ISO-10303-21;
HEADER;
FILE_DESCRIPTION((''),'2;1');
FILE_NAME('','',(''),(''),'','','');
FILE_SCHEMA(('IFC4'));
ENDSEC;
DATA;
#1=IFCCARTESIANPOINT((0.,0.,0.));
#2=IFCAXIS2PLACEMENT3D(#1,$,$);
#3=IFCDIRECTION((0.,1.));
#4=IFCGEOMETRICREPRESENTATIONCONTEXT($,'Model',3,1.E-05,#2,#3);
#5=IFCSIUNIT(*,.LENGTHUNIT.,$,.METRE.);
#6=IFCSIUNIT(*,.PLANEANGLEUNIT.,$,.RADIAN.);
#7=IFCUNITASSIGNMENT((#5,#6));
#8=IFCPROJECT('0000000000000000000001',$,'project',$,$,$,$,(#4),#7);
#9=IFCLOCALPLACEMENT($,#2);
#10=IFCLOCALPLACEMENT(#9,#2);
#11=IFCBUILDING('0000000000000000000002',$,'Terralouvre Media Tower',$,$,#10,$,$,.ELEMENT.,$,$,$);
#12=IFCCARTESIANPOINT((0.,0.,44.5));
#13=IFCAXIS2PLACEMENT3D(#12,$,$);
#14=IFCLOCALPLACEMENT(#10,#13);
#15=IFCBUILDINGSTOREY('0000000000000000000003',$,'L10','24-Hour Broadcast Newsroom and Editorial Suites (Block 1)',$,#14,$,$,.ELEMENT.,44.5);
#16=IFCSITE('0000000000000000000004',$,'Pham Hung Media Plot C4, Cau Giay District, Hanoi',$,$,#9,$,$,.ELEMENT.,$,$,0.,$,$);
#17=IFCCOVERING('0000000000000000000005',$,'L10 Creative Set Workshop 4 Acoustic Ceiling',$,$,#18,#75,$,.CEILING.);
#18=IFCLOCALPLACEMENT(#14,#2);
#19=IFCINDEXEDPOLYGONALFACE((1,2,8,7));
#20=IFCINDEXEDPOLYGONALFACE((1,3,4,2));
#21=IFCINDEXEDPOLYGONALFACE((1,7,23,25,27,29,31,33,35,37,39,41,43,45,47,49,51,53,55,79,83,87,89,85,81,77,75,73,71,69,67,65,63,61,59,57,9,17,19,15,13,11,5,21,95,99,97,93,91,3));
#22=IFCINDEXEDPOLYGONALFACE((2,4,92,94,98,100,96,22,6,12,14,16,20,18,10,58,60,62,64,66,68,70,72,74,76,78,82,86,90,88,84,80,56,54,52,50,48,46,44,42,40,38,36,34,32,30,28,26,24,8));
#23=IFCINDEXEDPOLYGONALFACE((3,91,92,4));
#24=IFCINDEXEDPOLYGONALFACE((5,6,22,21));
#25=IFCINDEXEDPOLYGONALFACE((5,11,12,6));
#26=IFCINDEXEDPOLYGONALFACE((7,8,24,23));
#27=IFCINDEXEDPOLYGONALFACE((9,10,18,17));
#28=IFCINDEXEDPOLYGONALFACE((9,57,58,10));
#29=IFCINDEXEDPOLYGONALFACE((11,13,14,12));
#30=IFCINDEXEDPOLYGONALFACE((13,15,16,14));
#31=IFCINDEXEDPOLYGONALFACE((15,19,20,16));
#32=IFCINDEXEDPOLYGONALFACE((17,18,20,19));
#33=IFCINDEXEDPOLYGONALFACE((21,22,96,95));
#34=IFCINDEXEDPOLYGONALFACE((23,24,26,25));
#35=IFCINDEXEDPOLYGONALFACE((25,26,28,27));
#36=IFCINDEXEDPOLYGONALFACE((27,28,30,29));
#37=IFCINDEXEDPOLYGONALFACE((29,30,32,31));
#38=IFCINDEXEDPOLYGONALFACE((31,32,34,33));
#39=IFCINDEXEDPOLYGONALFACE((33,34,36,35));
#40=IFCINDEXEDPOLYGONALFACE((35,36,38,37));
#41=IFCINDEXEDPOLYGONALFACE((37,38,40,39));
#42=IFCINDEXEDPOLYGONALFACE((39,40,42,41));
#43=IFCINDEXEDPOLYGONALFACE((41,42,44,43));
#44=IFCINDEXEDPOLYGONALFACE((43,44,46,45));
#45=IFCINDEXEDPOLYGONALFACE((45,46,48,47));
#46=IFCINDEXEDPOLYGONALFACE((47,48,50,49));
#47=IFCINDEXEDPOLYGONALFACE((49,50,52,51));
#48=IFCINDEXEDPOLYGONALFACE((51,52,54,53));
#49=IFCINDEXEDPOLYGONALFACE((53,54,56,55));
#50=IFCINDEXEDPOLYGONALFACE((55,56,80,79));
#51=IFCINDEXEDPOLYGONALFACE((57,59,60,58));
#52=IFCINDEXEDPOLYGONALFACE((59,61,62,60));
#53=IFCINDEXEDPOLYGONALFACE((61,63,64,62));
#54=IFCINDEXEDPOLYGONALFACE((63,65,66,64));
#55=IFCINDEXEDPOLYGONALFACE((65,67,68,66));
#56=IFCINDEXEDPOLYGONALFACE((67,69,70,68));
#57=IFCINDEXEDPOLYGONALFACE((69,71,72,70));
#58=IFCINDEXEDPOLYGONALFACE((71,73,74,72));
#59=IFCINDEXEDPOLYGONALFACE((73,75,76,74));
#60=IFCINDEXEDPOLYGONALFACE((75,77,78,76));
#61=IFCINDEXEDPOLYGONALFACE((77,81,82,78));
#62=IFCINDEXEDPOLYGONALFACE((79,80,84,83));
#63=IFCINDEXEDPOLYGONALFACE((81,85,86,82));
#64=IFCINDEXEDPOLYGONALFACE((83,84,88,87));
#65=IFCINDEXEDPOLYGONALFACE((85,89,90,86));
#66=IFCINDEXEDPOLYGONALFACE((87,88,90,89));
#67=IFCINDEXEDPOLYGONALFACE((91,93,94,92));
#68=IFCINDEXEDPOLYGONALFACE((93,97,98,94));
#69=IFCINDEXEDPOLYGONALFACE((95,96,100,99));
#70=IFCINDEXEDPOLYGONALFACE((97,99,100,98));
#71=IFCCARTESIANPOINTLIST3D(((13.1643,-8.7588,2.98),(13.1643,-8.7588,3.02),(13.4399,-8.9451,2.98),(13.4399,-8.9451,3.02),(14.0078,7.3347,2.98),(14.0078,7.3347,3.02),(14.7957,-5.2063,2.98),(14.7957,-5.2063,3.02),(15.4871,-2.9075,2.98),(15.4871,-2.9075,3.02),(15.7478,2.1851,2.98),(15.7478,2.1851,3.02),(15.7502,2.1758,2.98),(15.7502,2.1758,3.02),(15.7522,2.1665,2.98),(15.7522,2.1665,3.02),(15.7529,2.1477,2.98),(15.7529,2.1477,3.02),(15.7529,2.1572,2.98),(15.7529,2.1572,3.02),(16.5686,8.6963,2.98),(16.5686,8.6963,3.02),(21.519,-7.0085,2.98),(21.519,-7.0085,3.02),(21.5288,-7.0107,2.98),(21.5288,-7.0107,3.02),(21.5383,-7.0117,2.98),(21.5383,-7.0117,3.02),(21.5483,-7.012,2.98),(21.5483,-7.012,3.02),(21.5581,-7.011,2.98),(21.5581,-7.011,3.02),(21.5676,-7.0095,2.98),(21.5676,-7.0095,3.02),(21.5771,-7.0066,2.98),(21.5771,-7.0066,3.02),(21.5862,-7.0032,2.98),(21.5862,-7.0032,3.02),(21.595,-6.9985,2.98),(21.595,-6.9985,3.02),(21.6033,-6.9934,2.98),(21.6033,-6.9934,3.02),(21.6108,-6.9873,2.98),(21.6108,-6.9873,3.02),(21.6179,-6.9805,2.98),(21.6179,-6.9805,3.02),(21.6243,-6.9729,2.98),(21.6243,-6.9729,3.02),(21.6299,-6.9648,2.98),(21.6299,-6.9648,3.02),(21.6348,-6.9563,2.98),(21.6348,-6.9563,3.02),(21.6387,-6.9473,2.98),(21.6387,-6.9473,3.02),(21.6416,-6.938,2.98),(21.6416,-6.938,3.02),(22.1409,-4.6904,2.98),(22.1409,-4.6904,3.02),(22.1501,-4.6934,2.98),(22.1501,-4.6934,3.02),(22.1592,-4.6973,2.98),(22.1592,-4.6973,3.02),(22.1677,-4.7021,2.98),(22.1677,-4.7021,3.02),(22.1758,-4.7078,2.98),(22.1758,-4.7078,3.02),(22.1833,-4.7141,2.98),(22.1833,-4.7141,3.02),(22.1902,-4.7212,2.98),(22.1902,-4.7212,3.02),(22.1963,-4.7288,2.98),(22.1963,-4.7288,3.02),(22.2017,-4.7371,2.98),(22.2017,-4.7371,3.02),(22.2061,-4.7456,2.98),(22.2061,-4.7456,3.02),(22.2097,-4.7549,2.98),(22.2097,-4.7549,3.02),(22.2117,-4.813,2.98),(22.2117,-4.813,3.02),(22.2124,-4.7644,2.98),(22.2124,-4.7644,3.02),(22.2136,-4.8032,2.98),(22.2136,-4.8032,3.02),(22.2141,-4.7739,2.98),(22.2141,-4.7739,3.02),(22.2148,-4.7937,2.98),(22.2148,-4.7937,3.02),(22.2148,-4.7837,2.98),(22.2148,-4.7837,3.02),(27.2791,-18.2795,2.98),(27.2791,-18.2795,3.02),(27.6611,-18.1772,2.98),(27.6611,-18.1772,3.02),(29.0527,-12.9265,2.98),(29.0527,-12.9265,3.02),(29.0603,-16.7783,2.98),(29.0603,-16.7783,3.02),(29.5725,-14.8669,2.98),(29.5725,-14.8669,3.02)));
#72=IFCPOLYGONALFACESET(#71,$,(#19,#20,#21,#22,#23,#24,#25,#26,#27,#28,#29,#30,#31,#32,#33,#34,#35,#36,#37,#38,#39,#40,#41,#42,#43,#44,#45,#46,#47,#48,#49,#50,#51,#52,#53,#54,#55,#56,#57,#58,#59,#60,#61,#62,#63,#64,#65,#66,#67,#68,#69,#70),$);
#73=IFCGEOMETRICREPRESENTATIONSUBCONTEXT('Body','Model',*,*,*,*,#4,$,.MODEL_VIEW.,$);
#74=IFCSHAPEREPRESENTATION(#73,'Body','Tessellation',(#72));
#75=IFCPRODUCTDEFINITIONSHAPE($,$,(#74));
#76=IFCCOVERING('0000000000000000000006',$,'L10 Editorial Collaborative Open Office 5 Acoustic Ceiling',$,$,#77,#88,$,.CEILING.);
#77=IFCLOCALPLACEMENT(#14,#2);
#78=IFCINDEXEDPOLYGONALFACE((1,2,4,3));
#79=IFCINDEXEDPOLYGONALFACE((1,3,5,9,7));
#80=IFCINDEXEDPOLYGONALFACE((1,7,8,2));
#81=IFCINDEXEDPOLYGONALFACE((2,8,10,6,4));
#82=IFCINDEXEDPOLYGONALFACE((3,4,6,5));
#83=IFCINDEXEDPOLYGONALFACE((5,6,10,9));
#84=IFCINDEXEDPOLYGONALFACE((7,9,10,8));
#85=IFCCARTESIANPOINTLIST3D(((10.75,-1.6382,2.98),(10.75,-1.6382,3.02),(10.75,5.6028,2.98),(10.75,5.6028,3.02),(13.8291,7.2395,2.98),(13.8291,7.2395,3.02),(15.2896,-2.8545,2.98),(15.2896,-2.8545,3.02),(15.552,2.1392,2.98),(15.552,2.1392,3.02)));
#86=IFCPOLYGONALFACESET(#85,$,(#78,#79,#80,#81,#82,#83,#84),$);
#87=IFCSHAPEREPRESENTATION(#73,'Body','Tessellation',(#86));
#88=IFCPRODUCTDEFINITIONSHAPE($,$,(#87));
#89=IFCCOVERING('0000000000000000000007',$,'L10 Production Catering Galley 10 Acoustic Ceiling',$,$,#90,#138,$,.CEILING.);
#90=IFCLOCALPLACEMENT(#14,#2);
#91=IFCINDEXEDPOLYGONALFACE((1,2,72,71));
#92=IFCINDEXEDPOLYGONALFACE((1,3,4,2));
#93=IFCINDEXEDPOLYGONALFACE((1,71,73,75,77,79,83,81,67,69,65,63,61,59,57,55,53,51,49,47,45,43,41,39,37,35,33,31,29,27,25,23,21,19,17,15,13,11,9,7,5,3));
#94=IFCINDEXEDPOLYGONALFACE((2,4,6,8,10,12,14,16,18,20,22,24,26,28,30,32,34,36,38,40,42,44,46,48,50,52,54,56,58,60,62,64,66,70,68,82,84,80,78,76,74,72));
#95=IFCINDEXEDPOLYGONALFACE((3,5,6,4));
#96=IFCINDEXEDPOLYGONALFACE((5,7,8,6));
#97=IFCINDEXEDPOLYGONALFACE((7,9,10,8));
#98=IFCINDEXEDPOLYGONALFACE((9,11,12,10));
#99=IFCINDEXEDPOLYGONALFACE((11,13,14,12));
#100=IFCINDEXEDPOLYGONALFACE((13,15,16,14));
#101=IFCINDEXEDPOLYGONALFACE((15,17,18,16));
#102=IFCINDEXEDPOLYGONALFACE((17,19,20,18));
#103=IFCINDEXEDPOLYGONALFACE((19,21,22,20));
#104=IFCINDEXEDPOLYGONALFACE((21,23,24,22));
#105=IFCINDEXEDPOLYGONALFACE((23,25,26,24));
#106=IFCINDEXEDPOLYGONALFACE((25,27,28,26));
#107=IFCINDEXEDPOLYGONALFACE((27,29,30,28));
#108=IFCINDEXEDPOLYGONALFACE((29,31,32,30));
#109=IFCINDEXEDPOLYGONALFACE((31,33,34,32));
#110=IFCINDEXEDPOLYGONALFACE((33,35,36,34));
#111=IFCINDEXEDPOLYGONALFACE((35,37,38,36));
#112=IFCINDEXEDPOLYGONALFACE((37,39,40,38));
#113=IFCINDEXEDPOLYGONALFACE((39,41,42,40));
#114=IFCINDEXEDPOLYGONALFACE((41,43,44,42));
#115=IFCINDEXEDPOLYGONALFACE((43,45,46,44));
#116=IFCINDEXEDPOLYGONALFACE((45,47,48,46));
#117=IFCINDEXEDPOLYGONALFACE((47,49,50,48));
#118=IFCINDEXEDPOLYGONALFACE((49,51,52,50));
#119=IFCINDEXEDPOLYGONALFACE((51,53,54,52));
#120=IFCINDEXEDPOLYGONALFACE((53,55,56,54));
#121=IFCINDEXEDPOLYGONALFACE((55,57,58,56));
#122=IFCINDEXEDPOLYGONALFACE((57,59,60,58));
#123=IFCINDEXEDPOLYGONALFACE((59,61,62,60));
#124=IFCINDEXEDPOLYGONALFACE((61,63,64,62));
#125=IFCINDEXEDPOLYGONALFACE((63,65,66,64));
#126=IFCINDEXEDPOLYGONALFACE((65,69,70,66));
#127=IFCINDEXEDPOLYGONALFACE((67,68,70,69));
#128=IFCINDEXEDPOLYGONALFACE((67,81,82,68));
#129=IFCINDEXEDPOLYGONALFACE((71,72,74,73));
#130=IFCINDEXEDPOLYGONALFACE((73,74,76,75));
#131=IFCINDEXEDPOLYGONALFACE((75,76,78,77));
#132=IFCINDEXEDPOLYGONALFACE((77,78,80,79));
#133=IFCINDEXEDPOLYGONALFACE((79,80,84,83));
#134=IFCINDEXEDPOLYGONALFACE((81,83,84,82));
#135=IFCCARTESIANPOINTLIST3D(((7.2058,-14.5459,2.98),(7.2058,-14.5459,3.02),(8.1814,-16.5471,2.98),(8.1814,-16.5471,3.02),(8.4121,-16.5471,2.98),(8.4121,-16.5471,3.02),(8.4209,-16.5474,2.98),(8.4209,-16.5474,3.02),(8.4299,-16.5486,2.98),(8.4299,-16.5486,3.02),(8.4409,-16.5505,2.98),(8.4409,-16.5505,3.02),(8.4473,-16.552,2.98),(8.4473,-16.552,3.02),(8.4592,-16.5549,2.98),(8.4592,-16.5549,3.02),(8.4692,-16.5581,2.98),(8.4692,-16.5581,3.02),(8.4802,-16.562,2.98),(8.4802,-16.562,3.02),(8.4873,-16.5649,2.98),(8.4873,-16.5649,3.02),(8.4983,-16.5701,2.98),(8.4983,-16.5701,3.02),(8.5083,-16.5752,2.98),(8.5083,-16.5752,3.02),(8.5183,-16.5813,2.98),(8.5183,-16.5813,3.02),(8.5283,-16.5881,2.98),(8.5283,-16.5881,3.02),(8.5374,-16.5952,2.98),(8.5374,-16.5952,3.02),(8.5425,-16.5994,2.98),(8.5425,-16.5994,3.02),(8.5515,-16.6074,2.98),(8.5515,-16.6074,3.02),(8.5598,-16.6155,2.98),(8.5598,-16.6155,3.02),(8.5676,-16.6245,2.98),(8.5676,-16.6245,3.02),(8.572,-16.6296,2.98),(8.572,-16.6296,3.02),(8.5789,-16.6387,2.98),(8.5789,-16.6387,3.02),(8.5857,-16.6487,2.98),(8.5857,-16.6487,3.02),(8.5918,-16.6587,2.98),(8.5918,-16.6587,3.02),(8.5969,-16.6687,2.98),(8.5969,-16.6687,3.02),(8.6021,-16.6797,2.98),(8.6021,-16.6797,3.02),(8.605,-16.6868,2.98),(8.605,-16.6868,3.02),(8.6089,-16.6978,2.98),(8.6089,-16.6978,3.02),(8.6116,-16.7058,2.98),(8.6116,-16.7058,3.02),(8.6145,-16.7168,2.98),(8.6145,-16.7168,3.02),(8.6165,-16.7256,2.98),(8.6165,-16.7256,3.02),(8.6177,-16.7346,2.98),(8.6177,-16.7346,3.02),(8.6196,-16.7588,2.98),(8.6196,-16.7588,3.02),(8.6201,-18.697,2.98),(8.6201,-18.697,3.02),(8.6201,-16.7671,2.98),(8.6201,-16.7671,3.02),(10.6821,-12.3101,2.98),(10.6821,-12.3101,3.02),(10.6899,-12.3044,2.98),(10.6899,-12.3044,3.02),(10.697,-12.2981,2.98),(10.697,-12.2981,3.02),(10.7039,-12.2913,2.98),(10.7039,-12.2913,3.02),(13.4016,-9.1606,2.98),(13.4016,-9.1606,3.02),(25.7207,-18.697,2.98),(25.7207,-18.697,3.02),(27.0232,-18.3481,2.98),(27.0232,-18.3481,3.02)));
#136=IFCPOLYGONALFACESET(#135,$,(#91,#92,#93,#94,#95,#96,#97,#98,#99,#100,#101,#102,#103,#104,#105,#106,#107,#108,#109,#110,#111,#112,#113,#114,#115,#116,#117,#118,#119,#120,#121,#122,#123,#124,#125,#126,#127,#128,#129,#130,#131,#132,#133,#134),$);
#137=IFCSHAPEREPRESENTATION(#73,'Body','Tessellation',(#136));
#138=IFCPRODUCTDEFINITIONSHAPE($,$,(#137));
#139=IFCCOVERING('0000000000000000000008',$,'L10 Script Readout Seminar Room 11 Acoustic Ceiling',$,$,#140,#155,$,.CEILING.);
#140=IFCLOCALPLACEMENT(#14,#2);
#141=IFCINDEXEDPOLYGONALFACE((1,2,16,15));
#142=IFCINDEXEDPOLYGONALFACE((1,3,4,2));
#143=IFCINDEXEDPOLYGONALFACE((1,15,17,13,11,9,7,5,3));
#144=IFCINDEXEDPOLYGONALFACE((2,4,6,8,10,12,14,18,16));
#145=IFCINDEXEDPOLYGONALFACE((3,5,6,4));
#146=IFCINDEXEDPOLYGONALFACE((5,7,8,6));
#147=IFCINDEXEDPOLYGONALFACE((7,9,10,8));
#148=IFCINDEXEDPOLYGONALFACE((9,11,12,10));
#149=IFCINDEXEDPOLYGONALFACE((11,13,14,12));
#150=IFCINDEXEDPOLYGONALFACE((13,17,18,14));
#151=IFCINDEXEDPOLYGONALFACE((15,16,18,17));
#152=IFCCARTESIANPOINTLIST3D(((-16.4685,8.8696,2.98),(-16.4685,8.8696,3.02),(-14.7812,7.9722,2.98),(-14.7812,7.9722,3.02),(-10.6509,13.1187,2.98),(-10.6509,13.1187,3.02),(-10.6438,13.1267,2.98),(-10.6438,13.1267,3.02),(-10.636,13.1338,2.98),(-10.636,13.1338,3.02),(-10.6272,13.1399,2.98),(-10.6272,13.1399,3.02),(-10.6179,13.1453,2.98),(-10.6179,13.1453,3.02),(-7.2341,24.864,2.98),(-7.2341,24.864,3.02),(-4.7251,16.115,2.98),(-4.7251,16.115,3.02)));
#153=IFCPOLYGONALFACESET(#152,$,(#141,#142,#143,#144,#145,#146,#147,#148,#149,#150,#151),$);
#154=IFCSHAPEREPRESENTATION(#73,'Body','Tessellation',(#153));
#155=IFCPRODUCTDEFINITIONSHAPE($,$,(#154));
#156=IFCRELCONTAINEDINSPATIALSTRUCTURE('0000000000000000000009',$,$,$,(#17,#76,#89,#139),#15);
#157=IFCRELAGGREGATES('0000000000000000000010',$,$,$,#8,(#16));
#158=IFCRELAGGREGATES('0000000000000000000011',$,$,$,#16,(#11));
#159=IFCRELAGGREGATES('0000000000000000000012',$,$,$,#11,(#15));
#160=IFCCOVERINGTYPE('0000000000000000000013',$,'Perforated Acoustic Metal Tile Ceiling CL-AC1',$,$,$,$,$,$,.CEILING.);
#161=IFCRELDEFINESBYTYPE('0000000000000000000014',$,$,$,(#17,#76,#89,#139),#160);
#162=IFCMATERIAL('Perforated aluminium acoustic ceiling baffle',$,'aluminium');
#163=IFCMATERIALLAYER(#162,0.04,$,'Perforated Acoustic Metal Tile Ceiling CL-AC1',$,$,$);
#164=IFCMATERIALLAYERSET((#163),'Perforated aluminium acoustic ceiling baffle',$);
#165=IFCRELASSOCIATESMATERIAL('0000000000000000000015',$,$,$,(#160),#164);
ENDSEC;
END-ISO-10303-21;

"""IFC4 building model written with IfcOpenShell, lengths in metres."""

from ifc_helpers import new_model, si_unit, direction, frame, origin, place, context, subcontext, project, spatial, polyline, outline, extrude, material, layer, layer_set, type_object, element, save


model = new_model("IFC4")

# Units and contexts
model_context = context("Model", 3, precision=1e-05, world=origin(), true_north=direction((0.0, 1.0)))
body_context = subcontext(model_context, "Body", "Model", "MODEL_VIEW")
ifc_project = project(units=[si_unit("LENGTHUNIT", "METRE"), si_unit("PLANEANGLEUNIT", "RADIAN")], contexts=[model_context])

# Site, building, storey
site_placement = place(None, origin())
site = spatial("IfcSite", under=ifc_project, at=site_placement, Name="Pham Hung Media Plot C4, Cau Giay District, Hanoi", CompositionType="ELEMENT", RefElevation=0.0)
building_placement = place(site_placement, origin())
building = spatial("IfcBuilding", under=site, at=building_placement, Name="Terralouvre Media Tower", CompositionType="ELEMENT")
storey_placement = place(building_placement, frame((0.0, 0.0, 44.5)))
storey = spatial("IfcBuildingStorey", under=building, at=storey_placement, Name="L10", Description="24-Hour Broadcast Newsroom and Editorial Suites (Block 1)", CompositionType="ELEMENT", Elevation=44.5)

# Coverings
ifc_material_1 = material(Name="Perforated aluminium acoustic ceiling baffle", Category="aluminium")
ifc_layer_1 = layer(ifc_material_1, 0.04, Name="Perforated Acoustic Metal Tile Ceiling CL-AC1")
ifc_layer_set_1 = layer_set([ifc_layer_1], Name="Perforated aluminium acoustic ceiling baffle")
covering_type_1 = type_object("IfcCoveringType", Name="Perforated Acoustic Metal Tile Ceiling CL-AC1", PredefinedType="CEILING", material=ifc_layer_set_1)
covering_1_placement = place(storey_placement, frame((0.0, 0.0, 2.98)))
element("IfcCovering", 1, at=covering_1_placement, inside=storey, type_object=covering_type_1, Name="L10 Creative Set Workshop 4 Acoustic Ceiling", PredefinedType="CEILING", context=body_context, shape_type="SweptSolid", body=[
    extrude(outline(polyline([(15.7478, 2.1851), (15.7502, 2.1758), (15.7522, 2.1665), (15.7529, 2.1572), (15.7529, 2.1477), (15.4871, -2.9075), (22.1409, -4.6904), (22.1501, -4.6934), (22.1592, -4.6973), (22.1677, -4.7021), (22.1758, -4.7078), (22.1833, -4.7141), (22.1902, -4.7212), (22.1963, -4.7288), (22.2017, -4.7371), (22.2061, -4.7456), (22.2097, -4.7549), (22.2124, -4.7644), (22.2141, -4.7739), (22.2148, -4.7837), (22.2148, -4.7937), (22.2136, -4.8032), (22.2117, -4.813), (21.6416, -6.938), (21.6387, -6.9473), (21.6348, -6.9563), (21.6299, -6.9648), (21.6243, -6.9729), (21.6179, -6.9805), (21.6108, -6.9873), (21.6033, -6.9934), (21.595, -6.9985), (21.5862, -7.0032), (21.5771, -7.0066), (21.5676, -7.0095), (21.5581, -7.011), (21.5483, -7.012), (21.5383, -7.0117), (21.5288, -7.0107), (21.519, -7.0085), (14.7957, -5.2063), (13.1643, -8.7588), (13.4399, -8.9451), (27.2791, -18.2795), (27.6611, -18.1772), (29.0603, -16.7783), (29.5725, -14.8669), (29.0527, -12.9265), (16.5686, 8.6963), (14.0078, 7.3347), (15.7478, 2.1851)])), origin(), (0.0, 0.0, 1.0), 0.04),
])
covering_2_placement = place(storey_placement, frame((0.0, 0.0, 2.98)))
element("IfcCovering", 2, at=covering_2_placement, inside=storey, type_object=covering_type_1, Name="L10 Editorial Collaborative Open Office 5 Acoustic Ceiling", PredefinedType="CEILING", context=body_context, shape_type="SweptSolid", body=[
    extrude(outline(polyline([(13.8291, 7.2395), (10.75, 5.6028), (10.75, -1.6382), (15.2896, -2.8545), (15.552, 2.1392), (13.8291, 7.2395)])), origin(), (0.0, 0.0, 1.0), 0.04),
])
covering_3_placement = place(storey_placement, frame((0.0, 0.0, 2.98)))
element("IfcCovering", 3, at=covering_3_placement, inside=storey, type_object=covering_type_1, Name="L10 Production Catering Galley 10 Acoustic Ceiling", PredefinedType="CEILING", context=body_context, shape_type="SweptSolid", body=[
    extrude(outline(polyline([(27.0232, -18.3481), (13.4016, -9.1606), (10.7039, -12.2913), (10.697, -12.2981), (10.6899, -12.3044), (10.6821, -12.3101), (7.2058, -14.5459), (8.1814, -16.5471), (8.4121, -16.5471), (8.4209, -16.5474), (8.4299, -16.5486), (8.4409, -16.5505), (8.4473, -16.552), (8.4592, -16.5549), (8.4692, -16.5581), (8.4802, -16.562), (8.4873, -16.5649), (8.4983, -16.5701), (8.5083, -16.5752), (8.5183, -16.5813), (8.5283, -16.5881), (8.5374, -16.5952), (8.5425, -16.5994), (8.5515, -16.6074), (8.5598, -16.6155), (8.5676, -16.6245), (8.572, -16.6296), (8.5789, -16.6387), (8.5857, -16.6487), (8.5918, -16.6587), (8.5969, -16.6687), (8.6021, -16.6797), (8.605, -16.6868), (8.6089, -16.6978), (8.6116, -16.7058), (8.6145, -16.7168), (8.6165, -16.7256), (8.6177, -16.7346), (8.6196, -16.7588), (8.6201, -16.7671), (8.6201, -18.697), (25.7207, -18.697), (27.0232, -18.3481)])), origin(), (0.0, 0.0, 1.0), 0.04),
])
covering_4_placement = place(storey_placement, frame((0.0, 0.0, 2.98)))
element("IfcCovering", 4, at=covering_4_placement, inside=storey, type_object=covering_type_1, Name="L10 Script Readout Seminar Room 11 Acoustic Ceiling", PredefinedType="CEILING", context=body_context, shape_type="SweptSolid", body=[
    extrude(outline(polyline([(-10.6509, 13.1187), (-10.6438, 13.1267), (-10.636, 13.1338), (-10.6272, 13.1399), (-10.6179, 13.1453), (-4.7251, 16.115), (-7.2341, 24.864), (-16.4685, 8.8696), (-14.7812, 7.9722), (-10.6509, 13.1187)])), origin(), (0.0, 0.0, 1.0), 0.04),
])

save(model, "model.ifc")
